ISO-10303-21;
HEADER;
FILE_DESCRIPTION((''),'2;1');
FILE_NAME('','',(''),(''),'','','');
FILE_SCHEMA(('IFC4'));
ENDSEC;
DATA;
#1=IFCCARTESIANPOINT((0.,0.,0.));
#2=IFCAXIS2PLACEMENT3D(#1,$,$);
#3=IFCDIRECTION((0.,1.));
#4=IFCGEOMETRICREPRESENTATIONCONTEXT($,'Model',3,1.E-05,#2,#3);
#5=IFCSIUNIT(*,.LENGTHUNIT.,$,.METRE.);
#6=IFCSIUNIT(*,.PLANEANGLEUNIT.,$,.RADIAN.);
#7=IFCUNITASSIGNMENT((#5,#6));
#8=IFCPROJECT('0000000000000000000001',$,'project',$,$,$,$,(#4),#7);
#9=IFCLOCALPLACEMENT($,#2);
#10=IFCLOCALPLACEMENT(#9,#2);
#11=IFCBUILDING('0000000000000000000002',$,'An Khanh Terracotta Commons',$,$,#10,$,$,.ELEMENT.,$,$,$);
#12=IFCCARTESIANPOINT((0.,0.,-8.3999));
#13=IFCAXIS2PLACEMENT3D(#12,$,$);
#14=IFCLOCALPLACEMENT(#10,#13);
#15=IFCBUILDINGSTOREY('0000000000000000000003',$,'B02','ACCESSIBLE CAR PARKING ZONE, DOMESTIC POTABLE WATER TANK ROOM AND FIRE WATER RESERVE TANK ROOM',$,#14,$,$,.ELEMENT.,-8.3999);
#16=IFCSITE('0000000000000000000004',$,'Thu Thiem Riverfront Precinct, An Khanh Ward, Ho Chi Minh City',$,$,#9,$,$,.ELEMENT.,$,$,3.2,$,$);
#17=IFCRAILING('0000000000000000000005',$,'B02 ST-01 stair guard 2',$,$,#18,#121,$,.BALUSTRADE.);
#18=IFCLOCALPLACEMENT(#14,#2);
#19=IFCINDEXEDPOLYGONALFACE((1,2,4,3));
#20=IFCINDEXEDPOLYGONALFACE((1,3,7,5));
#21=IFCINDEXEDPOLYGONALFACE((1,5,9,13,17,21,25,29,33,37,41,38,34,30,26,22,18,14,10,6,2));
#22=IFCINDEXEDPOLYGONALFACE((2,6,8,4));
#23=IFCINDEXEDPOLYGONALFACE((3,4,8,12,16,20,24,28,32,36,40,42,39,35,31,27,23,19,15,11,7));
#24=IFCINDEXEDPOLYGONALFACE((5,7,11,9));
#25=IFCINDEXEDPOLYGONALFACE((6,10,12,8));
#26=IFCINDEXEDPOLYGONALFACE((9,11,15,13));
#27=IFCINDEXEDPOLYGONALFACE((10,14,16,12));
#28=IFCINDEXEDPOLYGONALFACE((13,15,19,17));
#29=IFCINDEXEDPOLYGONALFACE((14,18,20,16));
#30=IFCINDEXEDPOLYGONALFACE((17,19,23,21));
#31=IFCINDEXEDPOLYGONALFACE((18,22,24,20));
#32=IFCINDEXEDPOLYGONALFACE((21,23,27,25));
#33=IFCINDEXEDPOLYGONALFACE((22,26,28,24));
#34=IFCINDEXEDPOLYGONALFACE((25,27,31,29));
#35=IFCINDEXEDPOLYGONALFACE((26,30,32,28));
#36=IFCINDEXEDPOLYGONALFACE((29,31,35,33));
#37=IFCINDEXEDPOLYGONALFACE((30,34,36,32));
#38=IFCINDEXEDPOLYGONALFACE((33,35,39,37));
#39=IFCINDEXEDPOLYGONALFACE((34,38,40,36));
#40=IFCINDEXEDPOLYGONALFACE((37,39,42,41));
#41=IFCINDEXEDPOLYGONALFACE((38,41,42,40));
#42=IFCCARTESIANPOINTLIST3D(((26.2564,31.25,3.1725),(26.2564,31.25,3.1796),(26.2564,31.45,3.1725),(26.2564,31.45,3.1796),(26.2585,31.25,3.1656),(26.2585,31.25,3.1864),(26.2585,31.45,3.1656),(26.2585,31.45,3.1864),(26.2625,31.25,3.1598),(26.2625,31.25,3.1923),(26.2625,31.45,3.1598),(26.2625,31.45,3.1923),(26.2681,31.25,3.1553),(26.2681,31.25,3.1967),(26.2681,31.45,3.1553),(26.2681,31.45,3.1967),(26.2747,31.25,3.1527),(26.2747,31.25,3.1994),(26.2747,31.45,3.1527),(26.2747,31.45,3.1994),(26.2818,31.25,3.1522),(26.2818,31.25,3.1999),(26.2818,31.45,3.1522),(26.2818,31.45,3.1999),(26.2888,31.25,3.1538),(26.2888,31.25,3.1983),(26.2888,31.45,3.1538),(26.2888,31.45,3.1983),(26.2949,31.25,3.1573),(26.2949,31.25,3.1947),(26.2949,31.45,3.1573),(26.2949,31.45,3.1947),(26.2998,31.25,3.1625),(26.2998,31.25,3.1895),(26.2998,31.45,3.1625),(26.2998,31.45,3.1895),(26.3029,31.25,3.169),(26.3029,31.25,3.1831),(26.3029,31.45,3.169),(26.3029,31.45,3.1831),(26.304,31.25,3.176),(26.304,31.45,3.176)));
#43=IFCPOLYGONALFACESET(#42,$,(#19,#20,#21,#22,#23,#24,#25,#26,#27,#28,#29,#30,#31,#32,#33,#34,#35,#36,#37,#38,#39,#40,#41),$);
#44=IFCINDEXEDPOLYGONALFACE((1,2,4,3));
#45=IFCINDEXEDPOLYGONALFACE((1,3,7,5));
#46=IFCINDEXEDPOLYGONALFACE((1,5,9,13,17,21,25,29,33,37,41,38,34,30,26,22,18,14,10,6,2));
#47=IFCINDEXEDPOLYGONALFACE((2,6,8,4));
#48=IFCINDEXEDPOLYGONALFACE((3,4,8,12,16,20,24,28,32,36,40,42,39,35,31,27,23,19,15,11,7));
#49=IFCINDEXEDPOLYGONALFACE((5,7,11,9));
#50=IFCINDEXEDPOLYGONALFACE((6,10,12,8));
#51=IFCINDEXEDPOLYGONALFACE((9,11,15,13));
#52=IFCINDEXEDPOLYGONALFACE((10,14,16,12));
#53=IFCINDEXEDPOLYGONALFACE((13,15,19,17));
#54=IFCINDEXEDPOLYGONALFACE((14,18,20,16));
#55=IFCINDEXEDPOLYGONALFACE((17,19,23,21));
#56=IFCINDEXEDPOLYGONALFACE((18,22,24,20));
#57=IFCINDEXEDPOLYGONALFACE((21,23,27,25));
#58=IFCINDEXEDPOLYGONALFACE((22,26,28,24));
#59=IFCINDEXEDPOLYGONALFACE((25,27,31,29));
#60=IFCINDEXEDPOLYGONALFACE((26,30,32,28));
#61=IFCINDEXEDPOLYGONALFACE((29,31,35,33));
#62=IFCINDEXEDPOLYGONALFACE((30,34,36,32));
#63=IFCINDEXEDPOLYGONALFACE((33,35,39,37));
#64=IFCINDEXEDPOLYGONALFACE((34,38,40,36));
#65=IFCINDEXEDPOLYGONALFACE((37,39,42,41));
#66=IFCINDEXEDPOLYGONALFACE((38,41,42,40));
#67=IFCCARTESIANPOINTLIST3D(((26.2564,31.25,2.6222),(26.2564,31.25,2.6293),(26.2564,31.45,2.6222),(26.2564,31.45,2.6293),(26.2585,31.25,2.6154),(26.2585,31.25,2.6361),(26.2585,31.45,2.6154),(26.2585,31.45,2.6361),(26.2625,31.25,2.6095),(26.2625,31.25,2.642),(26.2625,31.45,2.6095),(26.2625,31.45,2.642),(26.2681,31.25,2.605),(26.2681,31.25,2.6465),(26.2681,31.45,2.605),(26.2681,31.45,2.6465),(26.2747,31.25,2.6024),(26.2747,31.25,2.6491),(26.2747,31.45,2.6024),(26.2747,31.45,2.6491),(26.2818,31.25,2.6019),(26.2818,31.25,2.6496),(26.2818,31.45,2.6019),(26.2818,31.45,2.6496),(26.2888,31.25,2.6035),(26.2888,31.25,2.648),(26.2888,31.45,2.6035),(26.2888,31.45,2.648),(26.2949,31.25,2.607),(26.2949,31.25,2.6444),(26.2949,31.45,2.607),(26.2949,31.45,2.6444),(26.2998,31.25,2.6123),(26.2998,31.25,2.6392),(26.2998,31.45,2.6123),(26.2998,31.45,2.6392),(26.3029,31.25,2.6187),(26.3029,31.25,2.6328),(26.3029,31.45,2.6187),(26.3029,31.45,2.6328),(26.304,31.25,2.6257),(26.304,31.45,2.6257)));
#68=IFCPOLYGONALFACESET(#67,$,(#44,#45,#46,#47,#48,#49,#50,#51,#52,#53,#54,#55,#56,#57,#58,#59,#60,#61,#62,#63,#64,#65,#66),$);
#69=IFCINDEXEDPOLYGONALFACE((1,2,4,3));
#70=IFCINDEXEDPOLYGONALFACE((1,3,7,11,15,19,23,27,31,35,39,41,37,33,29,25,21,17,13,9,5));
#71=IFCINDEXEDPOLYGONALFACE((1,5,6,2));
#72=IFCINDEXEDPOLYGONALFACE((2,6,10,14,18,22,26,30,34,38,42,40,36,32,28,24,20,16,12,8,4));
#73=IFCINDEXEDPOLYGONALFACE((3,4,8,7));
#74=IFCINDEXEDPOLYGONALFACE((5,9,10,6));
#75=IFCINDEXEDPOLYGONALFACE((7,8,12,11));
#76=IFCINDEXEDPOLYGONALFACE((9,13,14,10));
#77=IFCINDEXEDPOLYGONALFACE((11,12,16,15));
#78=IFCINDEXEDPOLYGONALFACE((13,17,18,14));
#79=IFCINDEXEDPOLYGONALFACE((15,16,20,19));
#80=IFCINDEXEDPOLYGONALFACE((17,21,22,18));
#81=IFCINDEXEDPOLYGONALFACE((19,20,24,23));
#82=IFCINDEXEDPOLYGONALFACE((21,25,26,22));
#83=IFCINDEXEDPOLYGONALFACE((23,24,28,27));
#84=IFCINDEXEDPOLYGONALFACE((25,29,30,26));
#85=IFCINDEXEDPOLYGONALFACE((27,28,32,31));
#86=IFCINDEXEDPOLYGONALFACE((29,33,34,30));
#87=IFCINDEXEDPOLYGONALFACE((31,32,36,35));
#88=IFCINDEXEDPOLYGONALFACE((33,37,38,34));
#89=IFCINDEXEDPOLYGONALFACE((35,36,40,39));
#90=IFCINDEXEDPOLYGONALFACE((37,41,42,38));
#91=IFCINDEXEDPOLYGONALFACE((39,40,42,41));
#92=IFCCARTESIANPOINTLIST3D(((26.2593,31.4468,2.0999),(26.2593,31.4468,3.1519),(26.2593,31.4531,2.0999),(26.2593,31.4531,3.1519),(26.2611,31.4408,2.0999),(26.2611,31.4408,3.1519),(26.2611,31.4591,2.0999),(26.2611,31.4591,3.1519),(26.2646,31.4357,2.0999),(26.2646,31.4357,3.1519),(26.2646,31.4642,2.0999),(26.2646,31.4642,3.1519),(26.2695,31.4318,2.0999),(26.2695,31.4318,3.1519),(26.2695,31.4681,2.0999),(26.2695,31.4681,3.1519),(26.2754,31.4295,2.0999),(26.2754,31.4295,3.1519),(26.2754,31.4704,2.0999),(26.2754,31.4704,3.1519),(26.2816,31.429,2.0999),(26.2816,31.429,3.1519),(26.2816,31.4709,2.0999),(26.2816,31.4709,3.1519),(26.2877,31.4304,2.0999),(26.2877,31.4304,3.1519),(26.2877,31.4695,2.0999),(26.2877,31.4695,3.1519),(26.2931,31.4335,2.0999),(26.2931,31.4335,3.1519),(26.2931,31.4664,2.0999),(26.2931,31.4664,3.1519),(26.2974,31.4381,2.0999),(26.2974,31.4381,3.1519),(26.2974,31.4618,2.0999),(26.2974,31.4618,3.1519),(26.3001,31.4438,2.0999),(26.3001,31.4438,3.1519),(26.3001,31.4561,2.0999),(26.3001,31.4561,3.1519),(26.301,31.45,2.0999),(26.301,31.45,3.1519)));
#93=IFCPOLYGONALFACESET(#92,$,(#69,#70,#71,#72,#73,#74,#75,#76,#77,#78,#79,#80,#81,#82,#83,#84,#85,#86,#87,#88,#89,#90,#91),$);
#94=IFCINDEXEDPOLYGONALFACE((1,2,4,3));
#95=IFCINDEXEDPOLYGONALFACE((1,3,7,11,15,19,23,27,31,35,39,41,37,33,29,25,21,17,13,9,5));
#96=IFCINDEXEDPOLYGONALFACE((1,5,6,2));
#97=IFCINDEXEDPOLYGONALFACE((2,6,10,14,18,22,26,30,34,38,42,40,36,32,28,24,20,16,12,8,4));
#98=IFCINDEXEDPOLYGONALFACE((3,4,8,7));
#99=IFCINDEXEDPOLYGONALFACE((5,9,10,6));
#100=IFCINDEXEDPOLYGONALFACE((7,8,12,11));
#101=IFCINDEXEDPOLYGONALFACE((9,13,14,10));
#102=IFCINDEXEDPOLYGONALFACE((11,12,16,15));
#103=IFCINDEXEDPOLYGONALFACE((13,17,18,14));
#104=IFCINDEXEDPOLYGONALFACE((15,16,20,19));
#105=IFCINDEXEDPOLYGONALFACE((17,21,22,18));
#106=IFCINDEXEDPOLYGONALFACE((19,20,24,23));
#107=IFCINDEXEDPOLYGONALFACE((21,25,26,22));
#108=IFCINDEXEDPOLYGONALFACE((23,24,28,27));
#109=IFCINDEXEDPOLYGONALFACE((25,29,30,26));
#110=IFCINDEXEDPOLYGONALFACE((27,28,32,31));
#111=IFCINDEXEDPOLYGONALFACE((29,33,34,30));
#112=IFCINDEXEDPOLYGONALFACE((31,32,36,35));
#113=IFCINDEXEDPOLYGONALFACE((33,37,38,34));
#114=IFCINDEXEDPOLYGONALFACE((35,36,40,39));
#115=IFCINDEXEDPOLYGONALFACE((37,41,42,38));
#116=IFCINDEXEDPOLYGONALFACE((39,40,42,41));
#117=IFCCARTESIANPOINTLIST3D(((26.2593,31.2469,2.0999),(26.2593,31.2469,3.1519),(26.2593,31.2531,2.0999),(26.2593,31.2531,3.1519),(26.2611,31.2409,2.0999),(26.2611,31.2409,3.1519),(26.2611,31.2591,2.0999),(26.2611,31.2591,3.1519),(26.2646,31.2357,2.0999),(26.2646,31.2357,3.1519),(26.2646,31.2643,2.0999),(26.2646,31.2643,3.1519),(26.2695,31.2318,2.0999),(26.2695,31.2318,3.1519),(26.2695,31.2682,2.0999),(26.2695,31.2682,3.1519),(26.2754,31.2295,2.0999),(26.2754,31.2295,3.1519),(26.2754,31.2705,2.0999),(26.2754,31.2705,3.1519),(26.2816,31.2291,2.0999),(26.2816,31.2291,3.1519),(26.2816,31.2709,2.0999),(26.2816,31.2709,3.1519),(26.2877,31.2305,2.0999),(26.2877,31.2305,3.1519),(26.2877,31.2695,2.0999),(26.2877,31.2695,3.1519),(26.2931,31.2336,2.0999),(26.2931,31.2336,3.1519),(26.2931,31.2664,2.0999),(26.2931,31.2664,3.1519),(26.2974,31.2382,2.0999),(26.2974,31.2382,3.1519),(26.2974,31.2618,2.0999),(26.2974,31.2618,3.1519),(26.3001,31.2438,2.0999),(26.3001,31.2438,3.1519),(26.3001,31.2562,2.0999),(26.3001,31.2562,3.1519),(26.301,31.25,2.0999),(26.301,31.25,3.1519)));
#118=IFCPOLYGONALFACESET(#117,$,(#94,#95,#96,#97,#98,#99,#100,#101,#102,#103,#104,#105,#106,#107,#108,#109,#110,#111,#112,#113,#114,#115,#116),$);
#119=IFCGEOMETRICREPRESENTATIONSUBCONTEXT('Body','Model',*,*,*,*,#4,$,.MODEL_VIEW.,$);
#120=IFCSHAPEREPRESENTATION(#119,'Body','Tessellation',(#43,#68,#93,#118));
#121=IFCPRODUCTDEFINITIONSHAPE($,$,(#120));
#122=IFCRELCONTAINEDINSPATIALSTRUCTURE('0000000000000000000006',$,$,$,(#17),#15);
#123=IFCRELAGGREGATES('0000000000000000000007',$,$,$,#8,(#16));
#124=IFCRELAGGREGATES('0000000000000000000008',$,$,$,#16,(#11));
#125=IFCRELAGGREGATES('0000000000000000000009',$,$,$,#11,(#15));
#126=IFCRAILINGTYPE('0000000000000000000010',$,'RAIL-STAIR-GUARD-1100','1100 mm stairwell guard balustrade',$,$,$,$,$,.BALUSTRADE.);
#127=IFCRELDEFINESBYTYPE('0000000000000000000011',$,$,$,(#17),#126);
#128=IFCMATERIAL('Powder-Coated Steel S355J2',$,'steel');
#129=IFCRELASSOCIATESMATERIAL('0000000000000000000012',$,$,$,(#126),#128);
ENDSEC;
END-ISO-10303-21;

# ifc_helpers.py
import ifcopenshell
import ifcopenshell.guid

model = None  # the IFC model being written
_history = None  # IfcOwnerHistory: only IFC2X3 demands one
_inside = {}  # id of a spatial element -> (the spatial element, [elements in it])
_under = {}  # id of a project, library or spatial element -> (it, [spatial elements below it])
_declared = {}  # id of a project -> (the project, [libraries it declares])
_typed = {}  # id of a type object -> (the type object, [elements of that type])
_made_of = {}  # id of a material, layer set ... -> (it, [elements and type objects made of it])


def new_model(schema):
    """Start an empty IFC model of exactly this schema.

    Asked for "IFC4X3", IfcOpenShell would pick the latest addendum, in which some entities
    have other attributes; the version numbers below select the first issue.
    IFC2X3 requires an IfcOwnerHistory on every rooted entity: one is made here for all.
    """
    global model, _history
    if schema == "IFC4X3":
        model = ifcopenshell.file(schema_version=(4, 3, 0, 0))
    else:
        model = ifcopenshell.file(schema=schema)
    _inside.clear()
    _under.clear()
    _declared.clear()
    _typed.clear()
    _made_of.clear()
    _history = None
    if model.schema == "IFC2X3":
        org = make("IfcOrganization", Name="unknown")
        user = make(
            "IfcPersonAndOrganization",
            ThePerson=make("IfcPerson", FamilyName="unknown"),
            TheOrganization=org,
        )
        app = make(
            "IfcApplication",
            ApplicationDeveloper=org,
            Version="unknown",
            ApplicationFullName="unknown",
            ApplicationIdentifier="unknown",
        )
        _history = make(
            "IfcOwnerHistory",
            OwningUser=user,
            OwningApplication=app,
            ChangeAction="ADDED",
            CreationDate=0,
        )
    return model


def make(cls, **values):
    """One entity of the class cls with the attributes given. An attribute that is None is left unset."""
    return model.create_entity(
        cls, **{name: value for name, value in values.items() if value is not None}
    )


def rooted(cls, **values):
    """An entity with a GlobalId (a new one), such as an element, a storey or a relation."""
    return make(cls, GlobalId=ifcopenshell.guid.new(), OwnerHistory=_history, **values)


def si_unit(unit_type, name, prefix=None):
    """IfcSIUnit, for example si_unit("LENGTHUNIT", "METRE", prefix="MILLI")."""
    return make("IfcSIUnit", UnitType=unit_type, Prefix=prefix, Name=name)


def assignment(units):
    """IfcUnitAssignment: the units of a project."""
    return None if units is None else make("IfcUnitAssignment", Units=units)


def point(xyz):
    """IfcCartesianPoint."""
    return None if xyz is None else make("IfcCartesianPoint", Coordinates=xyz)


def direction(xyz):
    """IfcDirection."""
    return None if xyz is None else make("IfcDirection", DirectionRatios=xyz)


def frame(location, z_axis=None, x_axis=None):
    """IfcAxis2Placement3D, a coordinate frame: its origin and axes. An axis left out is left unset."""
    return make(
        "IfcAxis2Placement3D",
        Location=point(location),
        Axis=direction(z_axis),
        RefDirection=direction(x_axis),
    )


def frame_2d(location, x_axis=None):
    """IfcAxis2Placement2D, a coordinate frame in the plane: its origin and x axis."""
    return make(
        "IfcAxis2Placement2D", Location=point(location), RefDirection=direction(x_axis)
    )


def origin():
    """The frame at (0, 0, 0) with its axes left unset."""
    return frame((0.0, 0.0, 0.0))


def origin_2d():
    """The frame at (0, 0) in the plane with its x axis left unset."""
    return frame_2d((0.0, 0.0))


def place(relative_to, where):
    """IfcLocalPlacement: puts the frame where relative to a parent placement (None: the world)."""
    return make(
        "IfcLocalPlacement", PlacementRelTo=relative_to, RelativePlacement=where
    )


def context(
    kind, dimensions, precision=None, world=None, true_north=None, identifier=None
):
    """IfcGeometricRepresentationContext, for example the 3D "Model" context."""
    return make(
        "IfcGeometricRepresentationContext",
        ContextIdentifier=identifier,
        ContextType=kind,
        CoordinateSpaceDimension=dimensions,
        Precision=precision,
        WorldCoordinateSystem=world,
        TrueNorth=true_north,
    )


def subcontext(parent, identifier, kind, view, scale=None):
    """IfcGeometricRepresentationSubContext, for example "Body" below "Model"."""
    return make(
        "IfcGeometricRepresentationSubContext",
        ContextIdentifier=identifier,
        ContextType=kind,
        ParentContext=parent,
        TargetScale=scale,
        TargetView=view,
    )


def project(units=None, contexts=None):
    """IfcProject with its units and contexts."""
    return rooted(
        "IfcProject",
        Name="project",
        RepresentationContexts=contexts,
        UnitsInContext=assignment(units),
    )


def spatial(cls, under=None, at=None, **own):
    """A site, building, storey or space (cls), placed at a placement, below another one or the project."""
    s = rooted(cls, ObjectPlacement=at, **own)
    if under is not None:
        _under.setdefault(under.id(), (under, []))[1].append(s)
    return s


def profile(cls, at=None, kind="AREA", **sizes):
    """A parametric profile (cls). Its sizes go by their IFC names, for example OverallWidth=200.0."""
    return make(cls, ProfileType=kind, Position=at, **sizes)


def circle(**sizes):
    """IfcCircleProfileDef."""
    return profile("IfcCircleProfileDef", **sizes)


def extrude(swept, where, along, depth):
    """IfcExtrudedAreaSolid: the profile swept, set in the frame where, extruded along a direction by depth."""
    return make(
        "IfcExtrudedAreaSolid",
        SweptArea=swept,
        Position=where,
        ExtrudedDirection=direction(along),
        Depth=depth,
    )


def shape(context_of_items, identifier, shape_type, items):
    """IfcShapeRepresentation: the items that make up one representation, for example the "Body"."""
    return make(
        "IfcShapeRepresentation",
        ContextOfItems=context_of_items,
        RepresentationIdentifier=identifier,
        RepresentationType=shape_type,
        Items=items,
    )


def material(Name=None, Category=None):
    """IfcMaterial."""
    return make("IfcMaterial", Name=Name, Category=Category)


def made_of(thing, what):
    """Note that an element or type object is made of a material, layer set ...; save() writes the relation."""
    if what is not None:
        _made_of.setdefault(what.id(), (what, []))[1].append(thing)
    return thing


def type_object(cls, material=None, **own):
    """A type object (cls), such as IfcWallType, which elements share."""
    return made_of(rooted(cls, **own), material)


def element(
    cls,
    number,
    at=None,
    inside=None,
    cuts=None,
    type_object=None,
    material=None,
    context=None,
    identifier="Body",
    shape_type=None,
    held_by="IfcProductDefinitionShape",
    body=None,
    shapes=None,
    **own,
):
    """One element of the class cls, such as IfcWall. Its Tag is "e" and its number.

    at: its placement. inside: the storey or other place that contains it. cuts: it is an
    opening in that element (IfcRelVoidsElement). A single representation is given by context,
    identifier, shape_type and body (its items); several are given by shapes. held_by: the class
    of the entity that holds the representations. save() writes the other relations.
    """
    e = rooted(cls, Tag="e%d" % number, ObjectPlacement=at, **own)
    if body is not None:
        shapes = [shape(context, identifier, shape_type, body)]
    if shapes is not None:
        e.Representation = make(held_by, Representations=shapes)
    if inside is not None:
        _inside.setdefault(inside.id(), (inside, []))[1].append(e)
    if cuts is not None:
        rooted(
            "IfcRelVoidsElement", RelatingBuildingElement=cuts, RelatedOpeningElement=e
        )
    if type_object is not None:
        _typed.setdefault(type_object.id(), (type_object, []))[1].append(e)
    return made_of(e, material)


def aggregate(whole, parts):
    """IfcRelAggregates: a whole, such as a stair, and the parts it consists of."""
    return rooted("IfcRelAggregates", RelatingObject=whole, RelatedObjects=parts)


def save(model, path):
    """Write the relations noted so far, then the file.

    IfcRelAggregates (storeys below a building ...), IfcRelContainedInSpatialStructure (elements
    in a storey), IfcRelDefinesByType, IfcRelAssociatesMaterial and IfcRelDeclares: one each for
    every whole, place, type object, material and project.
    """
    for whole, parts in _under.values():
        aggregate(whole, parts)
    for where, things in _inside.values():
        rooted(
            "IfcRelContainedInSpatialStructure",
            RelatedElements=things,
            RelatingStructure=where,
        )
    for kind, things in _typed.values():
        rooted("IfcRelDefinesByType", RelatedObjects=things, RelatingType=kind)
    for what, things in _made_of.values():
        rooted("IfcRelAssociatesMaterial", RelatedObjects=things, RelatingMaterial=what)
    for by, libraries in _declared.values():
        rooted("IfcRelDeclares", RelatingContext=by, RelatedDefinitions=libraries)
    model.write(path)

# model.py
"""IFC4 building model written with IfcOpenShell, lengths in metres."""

from ifc_helpers import new_model, si_unit, direction, frame, origin, origin_2d, place, context, subcontext, project, spatial, circle, extrude, material, type_object, element, save


model = new_model("IFC4")

# Units and contexts
model_context = context("Model", 3, precision=1e-05, world=origin(), true_north=direction((0.0, 1.0)))
body_context = subcontext(model_context, "Body", "Model", "MODEL_VIEW")
ifc_project = project(units=[si_unit("LENGTHUNIT", "METRE"), si_unit("PLANEANGLEUNIT", "RADIAN")], contexts=[model_context])

# Site, building, storey
site_placement = place(None, origin())
site = spatial("IfcSite", under=ifc_project, at=site_placement, Name="Thu Thiem Riverfront Precinct, An Khanh Ward, Ho Chi Minh City", CompositionType="ELEMENT", RefElevation=3.2)
building_placement = place(site_placement, origin())
building = spatial("IfcBuilding", under=site, at=building_placement, Name="An Khanh Terracotta Commons", CompositionType="ELEMENT")
storey_placement = place(building_placement, frame((0.0, 0.0, -8.3999)))
storey = spatial("IfcBuildingStorey", under=building, at=storey_placement, Name="B02", Description="ACCESSIBLE CAR PARKING ZONE, DOMESTIC POTABLE WATER TANK ROOM AND FIRE WATER RESERVE TANK ROOM", CompositionType="ELEMENT", Elevation=-8.3999)

# Railing
ifc_material_1 = material(Name="Powder-Coated Steel S355J2", Category="steel")
railing_type_1 = type_object("IfcRailingType", Name="RAIL-STAIR-GUARD-1100", Description="1100 mm stairwell guard balustrade", PredefinedType="BALUSTRADE", material=ifc_material_1)
railing_1_placement = place(storey_placement, frame((26.28, 31.45, 2.0999)))
element("IfcRailing", 1, at=railing_1_placement, inside=storey, type_object=railing_type_1, Name="B02 ST-01 stair guard 2", PredefinedType="BALUSTRADE", context=body_context, shape_type="SweptSolid", body=[
    extrude(circle(Radius=0.0239, at=origin_2d()), frame((0.0, 0.0, 1.0762), z_axis=(0.0, -1.0, 0.0), x_axis=(1.0, 0.0, 0.0)), (0.0, 0.0, 1.0), 0.2),
    extrude(circle(Radius=0.0239, at=origin_2d()), frame((0.0, 0.0, 0.5259), z_axis=(0.0, -1.0, 0.0), x_axis=(1.0, 0.0, 0.0)), (0.0, 0.0, 1.0), 0.2),
    extrude(circle(Radius=0.021, at=origin_2d()), origin(), (0.0, 0.0, 1.0), 1.052),
    extrude(circle(Radius=0.021, at=origin_2d()), frame((0.0, -0.2, 0.0)), (0.0, 0.0, 1.0), 1.052),
])

save(model, "model.ifc")
